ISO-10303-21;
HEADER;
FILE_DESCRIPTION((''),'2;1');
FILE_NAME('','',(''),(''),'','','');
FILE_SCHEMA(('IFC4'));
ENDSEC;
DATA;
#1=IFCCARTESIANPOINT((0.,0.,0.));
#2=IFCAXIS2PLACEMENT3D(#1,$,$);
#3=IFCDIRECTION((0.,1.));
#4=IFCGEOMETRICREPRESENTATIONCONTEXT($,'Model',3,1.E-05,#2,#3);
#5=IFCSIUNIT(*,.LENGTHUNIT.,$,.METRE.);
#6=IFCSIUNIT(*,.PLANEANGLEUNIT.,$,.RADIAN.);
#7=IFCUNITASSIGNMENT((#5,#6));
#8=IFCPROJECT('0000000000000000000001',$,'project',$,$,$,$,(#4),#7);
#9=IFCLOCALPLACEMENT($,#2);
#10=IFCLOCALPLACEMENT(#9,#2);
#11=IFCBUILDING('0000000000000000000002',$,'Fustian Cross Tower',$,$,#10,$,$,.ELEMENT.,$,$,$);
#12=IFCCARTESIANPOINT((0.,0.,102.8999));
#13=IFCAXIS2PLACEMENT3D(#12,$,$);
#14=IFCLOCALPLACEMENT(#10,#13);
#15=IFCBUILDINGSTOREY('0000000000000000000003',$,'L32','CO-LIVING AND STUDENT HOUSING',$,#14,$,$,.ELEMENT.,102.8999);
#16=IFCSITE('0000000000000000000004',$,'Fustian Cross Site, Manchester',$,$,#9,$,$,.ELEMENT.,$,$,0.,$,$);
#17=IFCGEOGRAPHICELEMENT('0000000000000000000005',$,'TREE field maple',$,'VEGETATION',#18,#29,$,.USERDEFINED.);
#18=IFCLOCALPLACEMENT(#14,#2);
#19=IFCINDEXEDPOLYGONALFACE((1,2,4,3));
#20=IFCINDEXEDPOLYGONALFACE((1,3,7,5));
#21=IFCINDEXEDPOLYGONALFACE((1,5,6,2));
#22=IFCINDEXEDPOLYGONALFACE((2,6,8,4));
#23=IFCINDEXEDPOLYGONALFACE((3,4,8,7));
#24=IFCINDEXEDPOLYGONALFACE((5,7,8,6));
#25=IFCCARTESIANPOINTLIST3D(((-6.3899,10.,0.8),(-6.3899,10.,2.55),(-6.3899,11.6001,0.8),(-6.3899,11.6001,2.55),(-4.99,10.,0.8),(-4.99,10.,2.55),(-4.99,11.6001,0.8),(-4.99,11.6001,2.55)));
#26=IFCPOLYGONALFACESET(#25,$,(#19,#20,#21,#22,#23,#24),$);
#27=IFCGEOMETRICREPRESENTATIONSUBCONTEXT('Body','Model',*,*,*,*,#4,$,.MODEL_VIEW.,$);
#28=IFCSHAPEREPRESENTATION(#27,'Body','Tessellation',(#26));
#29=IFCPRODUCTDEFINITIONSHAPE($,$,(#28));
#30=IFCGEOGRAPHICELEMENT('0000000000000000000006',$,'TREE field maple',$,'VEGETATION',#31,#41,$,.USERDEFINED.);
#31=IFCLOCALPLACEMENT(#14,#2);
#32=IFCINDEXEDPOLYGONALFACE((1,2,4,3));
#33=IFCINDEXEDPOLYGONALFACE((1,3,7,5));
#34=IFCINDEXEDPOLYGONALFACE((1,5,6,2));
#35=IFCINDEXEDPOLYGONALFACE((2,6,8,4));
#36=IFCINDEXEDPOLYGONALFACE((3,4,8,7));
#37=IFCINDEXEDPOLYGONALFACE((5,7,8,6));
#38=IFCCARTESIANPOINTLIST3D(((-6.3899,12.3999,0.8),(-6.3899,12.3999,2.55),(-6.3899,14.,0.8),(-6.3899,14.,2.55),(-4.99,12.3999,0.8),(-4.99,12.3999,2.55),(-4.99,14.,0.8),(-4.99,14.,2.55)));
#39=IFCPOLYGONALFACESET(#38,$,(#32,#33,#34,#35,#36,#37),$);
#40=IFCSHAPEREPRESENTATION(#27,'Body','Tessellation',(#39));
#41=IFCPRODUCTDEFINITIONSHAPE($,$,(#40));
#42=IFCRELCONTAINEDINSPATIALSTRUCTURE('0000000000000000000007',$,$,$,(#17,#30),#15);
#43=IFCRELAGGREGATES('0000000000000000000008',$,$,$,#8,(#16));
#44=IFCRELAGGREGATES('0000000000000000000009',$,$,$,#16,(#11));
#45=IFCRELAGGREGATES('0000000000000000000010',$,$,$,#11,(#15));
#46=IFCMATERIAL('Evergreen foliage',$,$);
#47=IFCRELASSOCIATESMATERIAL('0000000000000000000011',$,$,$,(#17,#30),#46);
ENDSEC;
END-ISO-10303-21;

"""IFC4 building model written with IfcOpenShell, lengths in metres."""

from ifc_helpers import new_model, si_unit, direction, frame, origin, origin_2d, place, context, subcontext, project, spatial, rectangle, extrude, material, element, save


model = new_model("IFC4")

# Units and contexts
model_context = context("Model", 3, precision=1e-05, world=origin(), true_north=direction((0.0, 1.0)))
body_context = subcontext(model_context, "Body", "Model", "MODEL_VIEW")
ifc_project = project(units=[si_unit("LENGTHUNIT", "METRE"), si_unit("PLANEANGLEUNIT", "RADIAN")], contexts=[model_context])

# Site, building, storey
site_placement = place(None, origin())
site = spatial("IfcSite", under=ifc_project, at=site_placement, Name="Fustian Cross Site, Manchester", CompositionType="ELEMENT", RefElevation=0.0)
building_placement = place(site_placement, origin())
building = spatial("IfcBuilding", under=site, at=building_placement, Name="Fustian Cross Tower", CompositionType="ELEMENT")
storey_placement = place(building_placement, frame((0.0, 0.0, 102.8999)))
storey = spatial("IfcBuildingStorey", under=building, at=storey_placement, Name="L32", Description="CO-LIVING AND STUDENT HOUSING", CompositionType="ELEMENT", Elevation=102.8999)

# Geographic elements
ifc_material_1 = material(Name="Evergreen foliage")
for number, where, z_axis, x_axis, name in (
    (1, (-5.6899, 10.8, 0.8), (0.0, 0.0, 1.0), (1.0, 0.0, 0.0), "TREE field maple"),
    (2, (-5.6899, 13.2, 0.8), (0.0, 0.0, 1.0), (1.0, 0.0, 0.0), "TREE field maple"),
):
    element("IfcGeographicElement", number, at=place(storey_placement, frame(where, z_axis=z_axis, x_axis=x_axis)), inside=storey, material=ifc_material_1, Name=name, ObjectType="VEGETATION", PredefinedType="USERDEFINED", context=body_context, shape_type="SweptSolid", body=[
        extrude(rectangle(XDim=1.3999, YDim=1.6001, at=origin_2d()), origin(), (0.0, 0.0, 1.0), 1.75),
    ])

save(model, "model.ifc")
